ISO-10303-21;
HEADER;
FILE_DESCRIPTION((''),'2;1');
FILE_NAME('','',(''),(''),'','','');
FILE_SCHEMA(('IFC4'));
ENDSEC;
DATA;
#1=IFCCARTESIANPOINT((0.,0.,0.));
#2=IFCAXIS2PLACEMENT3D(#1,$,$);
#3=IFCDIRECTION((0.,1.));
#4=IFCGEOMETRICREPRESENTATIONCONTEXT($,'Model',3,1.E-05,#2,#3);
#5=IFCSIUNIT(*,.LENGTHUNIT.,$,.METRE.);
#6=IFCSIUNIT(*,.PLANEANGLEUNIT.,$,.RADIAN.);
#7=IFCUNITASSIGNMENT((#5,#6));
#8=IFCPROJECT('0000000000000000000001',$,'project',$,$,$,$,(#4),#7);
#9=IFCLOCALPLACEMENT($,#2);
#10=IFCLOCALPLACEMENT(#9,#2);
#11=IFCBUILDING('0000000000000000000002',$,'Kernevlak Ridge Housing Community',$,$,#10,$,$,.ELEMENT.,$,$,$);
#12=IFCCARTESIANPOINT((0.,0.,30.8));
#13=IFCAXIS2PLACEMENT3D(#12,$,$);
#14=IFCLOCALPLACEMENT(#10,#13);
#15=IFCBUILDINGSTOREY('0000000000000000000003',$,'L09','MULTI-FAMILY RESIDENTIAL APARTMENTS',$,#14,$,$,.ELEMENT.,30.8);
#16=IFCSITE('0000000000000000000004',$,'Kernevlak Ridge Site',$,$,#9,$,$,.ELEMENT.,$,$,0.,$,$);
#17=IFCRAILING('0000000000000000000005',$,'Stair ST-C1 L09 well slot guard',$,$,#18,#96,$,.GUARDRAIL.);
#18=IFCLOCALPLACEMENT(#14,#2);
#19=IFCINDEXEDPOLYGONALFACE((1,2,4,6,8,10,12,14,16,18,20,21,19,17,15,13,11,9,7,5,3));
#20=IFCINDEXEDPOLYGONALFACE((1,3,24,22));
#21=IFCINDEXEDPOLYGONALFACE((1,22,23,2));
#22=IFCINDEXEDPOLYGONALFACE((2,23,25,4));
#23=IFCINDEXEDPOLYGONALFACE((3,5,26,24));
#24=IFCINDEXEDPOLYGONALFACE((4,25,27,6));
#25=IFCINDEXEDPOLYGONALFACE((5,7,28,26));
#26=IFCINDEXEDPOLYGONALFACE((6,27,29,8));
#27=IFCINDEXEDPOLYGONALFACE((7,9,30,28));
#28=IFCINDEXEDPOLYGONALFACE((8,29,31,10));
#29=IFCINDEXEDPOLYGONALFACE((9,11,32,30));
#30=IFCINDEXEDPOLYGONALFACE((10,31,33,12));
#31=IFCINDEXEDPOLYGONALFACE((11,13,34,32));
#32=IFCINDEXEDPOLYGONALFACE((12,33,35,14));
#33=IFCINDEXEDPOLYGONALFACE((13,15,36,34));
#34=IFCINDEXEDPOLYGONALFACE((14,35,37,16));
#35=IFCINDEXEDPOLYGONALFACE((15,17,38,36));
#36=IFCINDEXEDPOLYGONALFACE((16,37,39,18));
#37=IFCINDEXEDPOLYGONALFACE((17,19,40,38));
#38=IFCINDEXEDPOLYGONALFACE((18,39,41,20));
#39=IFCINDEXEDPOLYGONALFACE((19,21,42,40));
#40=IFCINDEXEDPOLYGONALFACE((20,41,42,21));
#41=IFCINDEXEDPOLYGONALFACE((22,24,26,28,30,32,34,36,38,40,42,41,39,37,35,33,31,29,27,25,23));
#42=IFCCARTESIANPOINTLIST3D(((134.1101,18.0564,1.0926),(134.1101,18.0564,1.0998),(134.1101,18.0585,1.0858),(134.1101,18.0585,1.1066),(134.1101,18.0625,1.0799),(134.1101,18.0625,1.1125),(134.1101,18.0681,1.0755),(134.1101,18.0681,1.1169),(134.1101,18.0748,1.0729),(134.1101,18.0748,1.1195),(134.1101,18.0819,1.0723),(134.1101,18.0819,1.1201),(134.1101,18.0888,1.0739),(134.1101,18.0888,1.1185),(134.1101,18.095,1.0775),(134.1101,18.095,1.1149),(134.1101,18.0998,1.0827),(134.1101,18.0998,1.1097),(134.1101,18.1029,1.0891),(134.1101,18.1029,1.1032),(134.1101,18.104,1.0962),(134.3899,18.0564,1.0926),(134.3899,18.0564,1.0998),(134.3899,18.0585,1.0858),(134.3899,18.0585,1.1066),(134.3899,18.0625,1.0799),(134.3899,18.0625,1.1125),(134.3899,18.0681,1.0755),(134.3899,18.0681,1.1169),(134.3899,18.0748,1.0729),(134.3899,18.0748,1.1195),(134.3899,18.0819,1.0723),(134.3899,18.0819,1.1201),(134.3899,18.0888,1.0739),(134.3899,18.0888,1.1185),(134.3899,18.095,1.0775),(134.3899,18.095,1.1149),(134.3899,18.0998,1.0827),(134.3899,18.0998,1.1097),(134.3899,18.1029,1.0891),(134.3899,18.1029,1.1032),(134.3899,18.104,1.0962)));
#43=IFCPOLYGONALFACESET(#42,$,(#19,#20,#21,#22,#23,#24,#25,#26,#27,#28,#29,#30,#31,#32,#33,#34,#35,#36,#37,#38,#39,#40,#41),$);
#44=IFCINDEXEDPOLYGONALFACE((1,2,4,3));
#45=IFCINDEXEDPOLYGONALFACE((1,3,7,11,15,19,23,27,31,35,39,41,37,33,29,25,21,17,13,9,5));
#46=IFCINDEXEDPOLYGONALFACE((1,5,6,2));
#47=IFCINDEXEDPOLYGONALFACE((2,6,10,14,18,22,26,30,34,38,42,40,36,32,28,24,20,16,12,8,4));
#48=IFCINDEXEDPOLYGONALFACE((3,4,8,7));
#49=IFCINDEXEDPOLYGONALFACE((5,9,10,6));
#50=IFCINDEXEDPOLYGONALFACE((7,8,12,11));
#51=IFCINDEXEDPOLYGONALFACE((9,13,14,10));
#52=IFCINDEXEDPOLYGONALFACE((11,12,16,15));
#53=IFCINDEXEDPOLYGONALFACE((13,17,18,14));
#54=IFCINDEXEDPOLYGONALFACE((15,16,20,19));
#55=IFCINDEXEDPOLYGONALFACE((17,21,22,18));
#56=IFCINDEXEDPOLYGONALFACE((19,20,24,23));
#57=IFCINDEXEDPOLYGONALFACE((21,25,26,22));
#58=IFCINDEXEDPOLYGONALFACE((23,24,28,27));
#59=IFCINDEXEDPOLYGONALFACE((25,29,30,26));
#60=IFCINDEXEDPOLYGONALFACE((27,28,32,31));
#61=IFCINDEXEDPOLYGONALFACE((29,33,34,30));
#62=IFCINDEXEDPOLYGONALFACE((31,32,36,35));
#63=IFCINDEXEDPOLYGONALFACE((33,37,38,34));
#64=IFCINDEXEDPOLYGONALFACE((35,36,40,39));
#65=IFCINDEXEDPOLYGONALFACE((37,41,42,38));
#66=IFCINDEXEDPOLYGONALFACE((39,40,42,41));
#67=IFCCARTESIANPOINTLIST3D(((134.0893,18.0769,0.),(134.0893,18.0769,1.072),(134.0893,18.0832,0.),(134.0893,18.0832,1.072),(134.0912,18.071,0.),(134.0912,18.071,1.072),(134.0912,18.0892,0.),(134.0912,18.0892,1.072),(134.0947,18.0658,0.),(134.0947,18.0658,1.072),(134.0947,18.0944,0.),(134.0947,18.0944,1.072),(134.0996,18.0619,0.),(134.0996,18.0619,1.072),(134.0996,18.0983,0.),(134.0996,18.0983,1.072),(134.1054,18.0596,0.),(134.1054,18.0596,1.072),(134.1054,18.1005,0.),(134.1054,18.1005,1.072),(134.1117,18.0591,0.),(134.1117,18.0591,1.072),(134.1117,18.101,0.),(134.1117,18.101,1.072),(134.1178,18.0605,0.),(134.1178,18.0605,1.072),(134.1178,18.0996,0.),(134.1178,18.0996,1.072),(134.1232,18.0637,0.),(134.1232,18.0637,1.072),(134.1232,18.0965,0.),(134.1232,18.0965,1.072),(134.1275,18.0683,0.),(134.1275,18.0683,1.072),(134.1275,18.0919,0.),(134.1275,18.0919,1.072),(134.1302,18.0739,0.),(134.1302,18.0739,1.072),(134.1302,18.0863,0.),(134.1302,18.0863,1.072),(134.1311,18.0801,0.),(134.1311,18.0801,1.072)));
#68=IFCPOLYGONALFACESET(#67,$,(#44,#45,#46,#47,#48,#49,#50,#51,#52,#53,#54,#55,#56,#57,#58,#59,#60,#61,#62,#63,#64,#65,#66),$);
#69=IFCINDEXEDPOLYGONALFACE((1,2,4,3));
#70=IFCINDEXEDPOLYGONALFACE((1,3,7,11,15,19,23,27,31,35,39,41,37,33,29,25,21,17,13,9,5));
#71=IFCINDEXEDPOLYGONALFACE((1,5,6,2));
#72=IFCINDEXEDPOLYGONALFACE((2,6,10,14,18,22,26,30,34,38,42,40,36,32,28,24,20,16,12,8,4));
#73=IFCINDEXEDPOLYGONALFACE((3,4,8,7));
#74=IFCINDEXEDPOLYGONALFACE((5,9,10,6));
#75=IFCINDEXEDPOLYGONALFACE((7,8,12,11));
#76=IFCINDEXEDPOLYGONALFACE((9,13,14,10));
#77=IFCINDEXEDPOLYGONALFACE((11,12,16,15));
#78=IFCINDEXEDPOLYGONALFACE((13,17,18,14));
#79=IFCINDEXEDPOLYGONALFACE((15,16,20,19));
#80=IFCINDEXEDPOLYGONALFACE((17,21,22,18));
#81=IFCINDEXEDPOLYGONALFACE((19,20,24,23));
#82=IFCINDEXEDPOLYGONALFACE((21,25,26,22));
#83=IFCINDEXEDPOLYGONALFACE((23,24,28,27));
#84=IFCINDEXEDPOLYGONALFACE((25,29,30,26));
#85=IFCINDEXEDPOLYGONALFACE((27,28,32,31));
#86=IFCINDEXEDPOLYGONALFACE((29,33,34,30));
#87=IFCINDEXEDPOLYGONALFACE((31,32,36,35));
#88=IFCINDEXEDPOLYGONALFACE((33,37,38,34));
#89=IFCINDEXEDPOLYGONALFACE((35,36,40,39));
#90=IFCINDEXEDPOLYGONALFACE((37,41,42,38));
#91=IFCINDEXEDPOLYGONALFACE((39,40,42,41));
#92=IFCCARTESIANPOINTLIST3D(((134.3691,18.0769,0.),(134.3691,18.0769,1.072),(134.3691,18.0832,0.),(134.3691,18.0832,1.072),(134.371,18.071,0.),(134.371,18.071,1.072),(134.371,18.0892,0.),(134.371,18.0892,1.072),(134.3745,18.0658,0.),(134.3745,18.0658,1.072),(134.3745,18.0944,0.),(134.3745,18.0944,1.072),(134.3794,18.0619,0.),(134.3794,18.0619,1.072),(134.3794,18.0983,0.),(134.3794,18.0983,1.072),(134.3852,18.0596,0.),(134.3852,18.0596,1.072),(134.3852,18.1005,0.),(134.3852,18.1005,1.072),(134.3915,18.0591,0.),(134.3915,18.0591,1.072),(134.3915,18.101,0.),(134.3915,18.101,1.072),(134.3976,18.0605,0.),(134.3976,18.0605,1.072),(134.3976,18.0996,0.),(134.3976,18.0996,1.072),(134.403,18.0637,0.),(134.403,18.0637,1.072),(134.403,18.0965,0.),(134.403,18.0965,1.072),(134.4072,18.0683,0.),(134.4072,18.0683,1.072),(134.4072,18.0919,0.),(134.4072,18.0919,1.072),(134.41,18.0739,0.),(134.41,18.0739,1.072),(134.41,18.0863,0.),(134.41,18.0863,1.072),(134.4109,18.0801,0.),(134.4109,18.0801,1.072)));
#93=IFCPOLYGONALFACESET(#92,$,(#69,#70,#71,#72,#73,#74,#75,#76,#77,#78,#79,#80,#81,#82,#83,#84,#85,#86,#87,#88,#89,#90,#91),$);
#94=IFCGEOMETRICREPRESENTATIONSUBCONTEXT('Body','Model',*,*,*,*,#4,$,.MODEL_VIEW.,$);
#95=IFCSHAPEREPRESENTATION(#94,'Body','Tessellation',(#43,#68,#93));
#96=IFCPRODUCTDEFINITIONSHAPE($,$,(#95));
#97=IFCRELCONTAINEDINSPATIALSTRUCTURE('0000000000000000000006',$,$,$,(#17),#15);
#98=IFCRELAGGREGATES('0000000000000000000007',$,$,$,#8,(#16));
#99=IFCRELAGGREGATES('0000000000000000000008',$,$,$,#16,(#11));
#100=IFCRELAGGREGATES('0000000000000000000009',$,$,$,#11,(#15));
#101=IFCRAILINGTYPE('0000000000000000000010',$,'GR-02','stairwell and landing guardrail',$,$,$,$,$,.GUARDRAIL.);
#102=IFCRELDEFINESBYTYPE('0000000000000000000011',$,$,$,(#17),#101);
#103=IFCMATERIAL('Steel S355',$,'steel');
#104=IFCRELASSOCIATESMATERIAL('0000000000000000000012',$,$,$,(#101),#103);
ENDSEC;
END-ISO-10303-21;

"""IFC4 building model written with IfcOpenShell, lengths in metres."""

from ifc_helpers import new_model, si_unit, direction, frame, origin, origin_2d, place, context, subcontext, project, spatial, circle, extrude, material, type_object, element, save


model = new_model("IFC4")

# Units and contexts
model_context = context("Model", 3, precision=1e-05, world=origin(), true_north=direction((0.0, 1.0)))
body_context = subcontext(model_context, "Body", "Model", "MODEL_VIEW")
ifc_project = project(units=[si_unit("LENGTHUNIT", "METRE"), si_unit("PLANEANGLEUNIT", "RADIAN")], contexts=[model_context])

# Site, building, storey
site_placement = place(None, origin())
site = spatial("IfcSite", under=ifc_project, at=site_placement, Name="Kernevlak Ridge Site", CompositionType="ELEMENT", RefElevation=0.0)
building_placement = place(site_placement, origin())
building = spatial("IfcBuilding", under=site, at=building_placement, Name="Kernevlak Ridge Housing Community", CompositionType="ELEMENT")
storey_placement = place(building_placement, frame((0.0, 0.0, 30.8)))
storey = spatial("IfcBuildingStorey", under=building, at=storey_placement, Name="L09", Description="MULTI-FAMILY RESIDENTIAL APARTMENTS", CompositionType="ELEMENT", Elevation=30.8)

# Railing
ifc_material_1 = material(Name="Steel S355", Category="steel")
railing_type_1 = type_object("IfcRailingType", Name="GR-02", Description="stairwell and landing guardrail", PredefinedType="GUARDRAIL", material=ifc_material_1)
railing_1_placement = place(storey_placement, frame((134.1101, 18.0801, 0.0)))
element("IfcRailing", 1, at=railing_1_placement, inside=storey, type_object=railing_type_1, Name="Stair ST-C1 L09 well slot guard", PredefinedType="GUARDRAIL", context=body_context, shape_type="SweptSolid", body=[
    extrude(circle(Radius=0.0239, at=origin_2d()), frame((0.0, 0.0, 1.0962), z_axis=(1.0, 0.0, 0.0), x_axis=(0.0, 1.0, 0.0)), (0.0, 0.0, 1.0), 0.2798),
    extrude(circle(Radius=0.021, at=origin_2d()), origin(), (0.0, 0.0, 1.0), 1.072),
    extrude(circle(Radius=0.021, at=origin_2d()), frame((0.2798, 0.0, 0.0)), (0.0, 0.0, 1.0), 1.072),
])

save(model, "model.ifc")
